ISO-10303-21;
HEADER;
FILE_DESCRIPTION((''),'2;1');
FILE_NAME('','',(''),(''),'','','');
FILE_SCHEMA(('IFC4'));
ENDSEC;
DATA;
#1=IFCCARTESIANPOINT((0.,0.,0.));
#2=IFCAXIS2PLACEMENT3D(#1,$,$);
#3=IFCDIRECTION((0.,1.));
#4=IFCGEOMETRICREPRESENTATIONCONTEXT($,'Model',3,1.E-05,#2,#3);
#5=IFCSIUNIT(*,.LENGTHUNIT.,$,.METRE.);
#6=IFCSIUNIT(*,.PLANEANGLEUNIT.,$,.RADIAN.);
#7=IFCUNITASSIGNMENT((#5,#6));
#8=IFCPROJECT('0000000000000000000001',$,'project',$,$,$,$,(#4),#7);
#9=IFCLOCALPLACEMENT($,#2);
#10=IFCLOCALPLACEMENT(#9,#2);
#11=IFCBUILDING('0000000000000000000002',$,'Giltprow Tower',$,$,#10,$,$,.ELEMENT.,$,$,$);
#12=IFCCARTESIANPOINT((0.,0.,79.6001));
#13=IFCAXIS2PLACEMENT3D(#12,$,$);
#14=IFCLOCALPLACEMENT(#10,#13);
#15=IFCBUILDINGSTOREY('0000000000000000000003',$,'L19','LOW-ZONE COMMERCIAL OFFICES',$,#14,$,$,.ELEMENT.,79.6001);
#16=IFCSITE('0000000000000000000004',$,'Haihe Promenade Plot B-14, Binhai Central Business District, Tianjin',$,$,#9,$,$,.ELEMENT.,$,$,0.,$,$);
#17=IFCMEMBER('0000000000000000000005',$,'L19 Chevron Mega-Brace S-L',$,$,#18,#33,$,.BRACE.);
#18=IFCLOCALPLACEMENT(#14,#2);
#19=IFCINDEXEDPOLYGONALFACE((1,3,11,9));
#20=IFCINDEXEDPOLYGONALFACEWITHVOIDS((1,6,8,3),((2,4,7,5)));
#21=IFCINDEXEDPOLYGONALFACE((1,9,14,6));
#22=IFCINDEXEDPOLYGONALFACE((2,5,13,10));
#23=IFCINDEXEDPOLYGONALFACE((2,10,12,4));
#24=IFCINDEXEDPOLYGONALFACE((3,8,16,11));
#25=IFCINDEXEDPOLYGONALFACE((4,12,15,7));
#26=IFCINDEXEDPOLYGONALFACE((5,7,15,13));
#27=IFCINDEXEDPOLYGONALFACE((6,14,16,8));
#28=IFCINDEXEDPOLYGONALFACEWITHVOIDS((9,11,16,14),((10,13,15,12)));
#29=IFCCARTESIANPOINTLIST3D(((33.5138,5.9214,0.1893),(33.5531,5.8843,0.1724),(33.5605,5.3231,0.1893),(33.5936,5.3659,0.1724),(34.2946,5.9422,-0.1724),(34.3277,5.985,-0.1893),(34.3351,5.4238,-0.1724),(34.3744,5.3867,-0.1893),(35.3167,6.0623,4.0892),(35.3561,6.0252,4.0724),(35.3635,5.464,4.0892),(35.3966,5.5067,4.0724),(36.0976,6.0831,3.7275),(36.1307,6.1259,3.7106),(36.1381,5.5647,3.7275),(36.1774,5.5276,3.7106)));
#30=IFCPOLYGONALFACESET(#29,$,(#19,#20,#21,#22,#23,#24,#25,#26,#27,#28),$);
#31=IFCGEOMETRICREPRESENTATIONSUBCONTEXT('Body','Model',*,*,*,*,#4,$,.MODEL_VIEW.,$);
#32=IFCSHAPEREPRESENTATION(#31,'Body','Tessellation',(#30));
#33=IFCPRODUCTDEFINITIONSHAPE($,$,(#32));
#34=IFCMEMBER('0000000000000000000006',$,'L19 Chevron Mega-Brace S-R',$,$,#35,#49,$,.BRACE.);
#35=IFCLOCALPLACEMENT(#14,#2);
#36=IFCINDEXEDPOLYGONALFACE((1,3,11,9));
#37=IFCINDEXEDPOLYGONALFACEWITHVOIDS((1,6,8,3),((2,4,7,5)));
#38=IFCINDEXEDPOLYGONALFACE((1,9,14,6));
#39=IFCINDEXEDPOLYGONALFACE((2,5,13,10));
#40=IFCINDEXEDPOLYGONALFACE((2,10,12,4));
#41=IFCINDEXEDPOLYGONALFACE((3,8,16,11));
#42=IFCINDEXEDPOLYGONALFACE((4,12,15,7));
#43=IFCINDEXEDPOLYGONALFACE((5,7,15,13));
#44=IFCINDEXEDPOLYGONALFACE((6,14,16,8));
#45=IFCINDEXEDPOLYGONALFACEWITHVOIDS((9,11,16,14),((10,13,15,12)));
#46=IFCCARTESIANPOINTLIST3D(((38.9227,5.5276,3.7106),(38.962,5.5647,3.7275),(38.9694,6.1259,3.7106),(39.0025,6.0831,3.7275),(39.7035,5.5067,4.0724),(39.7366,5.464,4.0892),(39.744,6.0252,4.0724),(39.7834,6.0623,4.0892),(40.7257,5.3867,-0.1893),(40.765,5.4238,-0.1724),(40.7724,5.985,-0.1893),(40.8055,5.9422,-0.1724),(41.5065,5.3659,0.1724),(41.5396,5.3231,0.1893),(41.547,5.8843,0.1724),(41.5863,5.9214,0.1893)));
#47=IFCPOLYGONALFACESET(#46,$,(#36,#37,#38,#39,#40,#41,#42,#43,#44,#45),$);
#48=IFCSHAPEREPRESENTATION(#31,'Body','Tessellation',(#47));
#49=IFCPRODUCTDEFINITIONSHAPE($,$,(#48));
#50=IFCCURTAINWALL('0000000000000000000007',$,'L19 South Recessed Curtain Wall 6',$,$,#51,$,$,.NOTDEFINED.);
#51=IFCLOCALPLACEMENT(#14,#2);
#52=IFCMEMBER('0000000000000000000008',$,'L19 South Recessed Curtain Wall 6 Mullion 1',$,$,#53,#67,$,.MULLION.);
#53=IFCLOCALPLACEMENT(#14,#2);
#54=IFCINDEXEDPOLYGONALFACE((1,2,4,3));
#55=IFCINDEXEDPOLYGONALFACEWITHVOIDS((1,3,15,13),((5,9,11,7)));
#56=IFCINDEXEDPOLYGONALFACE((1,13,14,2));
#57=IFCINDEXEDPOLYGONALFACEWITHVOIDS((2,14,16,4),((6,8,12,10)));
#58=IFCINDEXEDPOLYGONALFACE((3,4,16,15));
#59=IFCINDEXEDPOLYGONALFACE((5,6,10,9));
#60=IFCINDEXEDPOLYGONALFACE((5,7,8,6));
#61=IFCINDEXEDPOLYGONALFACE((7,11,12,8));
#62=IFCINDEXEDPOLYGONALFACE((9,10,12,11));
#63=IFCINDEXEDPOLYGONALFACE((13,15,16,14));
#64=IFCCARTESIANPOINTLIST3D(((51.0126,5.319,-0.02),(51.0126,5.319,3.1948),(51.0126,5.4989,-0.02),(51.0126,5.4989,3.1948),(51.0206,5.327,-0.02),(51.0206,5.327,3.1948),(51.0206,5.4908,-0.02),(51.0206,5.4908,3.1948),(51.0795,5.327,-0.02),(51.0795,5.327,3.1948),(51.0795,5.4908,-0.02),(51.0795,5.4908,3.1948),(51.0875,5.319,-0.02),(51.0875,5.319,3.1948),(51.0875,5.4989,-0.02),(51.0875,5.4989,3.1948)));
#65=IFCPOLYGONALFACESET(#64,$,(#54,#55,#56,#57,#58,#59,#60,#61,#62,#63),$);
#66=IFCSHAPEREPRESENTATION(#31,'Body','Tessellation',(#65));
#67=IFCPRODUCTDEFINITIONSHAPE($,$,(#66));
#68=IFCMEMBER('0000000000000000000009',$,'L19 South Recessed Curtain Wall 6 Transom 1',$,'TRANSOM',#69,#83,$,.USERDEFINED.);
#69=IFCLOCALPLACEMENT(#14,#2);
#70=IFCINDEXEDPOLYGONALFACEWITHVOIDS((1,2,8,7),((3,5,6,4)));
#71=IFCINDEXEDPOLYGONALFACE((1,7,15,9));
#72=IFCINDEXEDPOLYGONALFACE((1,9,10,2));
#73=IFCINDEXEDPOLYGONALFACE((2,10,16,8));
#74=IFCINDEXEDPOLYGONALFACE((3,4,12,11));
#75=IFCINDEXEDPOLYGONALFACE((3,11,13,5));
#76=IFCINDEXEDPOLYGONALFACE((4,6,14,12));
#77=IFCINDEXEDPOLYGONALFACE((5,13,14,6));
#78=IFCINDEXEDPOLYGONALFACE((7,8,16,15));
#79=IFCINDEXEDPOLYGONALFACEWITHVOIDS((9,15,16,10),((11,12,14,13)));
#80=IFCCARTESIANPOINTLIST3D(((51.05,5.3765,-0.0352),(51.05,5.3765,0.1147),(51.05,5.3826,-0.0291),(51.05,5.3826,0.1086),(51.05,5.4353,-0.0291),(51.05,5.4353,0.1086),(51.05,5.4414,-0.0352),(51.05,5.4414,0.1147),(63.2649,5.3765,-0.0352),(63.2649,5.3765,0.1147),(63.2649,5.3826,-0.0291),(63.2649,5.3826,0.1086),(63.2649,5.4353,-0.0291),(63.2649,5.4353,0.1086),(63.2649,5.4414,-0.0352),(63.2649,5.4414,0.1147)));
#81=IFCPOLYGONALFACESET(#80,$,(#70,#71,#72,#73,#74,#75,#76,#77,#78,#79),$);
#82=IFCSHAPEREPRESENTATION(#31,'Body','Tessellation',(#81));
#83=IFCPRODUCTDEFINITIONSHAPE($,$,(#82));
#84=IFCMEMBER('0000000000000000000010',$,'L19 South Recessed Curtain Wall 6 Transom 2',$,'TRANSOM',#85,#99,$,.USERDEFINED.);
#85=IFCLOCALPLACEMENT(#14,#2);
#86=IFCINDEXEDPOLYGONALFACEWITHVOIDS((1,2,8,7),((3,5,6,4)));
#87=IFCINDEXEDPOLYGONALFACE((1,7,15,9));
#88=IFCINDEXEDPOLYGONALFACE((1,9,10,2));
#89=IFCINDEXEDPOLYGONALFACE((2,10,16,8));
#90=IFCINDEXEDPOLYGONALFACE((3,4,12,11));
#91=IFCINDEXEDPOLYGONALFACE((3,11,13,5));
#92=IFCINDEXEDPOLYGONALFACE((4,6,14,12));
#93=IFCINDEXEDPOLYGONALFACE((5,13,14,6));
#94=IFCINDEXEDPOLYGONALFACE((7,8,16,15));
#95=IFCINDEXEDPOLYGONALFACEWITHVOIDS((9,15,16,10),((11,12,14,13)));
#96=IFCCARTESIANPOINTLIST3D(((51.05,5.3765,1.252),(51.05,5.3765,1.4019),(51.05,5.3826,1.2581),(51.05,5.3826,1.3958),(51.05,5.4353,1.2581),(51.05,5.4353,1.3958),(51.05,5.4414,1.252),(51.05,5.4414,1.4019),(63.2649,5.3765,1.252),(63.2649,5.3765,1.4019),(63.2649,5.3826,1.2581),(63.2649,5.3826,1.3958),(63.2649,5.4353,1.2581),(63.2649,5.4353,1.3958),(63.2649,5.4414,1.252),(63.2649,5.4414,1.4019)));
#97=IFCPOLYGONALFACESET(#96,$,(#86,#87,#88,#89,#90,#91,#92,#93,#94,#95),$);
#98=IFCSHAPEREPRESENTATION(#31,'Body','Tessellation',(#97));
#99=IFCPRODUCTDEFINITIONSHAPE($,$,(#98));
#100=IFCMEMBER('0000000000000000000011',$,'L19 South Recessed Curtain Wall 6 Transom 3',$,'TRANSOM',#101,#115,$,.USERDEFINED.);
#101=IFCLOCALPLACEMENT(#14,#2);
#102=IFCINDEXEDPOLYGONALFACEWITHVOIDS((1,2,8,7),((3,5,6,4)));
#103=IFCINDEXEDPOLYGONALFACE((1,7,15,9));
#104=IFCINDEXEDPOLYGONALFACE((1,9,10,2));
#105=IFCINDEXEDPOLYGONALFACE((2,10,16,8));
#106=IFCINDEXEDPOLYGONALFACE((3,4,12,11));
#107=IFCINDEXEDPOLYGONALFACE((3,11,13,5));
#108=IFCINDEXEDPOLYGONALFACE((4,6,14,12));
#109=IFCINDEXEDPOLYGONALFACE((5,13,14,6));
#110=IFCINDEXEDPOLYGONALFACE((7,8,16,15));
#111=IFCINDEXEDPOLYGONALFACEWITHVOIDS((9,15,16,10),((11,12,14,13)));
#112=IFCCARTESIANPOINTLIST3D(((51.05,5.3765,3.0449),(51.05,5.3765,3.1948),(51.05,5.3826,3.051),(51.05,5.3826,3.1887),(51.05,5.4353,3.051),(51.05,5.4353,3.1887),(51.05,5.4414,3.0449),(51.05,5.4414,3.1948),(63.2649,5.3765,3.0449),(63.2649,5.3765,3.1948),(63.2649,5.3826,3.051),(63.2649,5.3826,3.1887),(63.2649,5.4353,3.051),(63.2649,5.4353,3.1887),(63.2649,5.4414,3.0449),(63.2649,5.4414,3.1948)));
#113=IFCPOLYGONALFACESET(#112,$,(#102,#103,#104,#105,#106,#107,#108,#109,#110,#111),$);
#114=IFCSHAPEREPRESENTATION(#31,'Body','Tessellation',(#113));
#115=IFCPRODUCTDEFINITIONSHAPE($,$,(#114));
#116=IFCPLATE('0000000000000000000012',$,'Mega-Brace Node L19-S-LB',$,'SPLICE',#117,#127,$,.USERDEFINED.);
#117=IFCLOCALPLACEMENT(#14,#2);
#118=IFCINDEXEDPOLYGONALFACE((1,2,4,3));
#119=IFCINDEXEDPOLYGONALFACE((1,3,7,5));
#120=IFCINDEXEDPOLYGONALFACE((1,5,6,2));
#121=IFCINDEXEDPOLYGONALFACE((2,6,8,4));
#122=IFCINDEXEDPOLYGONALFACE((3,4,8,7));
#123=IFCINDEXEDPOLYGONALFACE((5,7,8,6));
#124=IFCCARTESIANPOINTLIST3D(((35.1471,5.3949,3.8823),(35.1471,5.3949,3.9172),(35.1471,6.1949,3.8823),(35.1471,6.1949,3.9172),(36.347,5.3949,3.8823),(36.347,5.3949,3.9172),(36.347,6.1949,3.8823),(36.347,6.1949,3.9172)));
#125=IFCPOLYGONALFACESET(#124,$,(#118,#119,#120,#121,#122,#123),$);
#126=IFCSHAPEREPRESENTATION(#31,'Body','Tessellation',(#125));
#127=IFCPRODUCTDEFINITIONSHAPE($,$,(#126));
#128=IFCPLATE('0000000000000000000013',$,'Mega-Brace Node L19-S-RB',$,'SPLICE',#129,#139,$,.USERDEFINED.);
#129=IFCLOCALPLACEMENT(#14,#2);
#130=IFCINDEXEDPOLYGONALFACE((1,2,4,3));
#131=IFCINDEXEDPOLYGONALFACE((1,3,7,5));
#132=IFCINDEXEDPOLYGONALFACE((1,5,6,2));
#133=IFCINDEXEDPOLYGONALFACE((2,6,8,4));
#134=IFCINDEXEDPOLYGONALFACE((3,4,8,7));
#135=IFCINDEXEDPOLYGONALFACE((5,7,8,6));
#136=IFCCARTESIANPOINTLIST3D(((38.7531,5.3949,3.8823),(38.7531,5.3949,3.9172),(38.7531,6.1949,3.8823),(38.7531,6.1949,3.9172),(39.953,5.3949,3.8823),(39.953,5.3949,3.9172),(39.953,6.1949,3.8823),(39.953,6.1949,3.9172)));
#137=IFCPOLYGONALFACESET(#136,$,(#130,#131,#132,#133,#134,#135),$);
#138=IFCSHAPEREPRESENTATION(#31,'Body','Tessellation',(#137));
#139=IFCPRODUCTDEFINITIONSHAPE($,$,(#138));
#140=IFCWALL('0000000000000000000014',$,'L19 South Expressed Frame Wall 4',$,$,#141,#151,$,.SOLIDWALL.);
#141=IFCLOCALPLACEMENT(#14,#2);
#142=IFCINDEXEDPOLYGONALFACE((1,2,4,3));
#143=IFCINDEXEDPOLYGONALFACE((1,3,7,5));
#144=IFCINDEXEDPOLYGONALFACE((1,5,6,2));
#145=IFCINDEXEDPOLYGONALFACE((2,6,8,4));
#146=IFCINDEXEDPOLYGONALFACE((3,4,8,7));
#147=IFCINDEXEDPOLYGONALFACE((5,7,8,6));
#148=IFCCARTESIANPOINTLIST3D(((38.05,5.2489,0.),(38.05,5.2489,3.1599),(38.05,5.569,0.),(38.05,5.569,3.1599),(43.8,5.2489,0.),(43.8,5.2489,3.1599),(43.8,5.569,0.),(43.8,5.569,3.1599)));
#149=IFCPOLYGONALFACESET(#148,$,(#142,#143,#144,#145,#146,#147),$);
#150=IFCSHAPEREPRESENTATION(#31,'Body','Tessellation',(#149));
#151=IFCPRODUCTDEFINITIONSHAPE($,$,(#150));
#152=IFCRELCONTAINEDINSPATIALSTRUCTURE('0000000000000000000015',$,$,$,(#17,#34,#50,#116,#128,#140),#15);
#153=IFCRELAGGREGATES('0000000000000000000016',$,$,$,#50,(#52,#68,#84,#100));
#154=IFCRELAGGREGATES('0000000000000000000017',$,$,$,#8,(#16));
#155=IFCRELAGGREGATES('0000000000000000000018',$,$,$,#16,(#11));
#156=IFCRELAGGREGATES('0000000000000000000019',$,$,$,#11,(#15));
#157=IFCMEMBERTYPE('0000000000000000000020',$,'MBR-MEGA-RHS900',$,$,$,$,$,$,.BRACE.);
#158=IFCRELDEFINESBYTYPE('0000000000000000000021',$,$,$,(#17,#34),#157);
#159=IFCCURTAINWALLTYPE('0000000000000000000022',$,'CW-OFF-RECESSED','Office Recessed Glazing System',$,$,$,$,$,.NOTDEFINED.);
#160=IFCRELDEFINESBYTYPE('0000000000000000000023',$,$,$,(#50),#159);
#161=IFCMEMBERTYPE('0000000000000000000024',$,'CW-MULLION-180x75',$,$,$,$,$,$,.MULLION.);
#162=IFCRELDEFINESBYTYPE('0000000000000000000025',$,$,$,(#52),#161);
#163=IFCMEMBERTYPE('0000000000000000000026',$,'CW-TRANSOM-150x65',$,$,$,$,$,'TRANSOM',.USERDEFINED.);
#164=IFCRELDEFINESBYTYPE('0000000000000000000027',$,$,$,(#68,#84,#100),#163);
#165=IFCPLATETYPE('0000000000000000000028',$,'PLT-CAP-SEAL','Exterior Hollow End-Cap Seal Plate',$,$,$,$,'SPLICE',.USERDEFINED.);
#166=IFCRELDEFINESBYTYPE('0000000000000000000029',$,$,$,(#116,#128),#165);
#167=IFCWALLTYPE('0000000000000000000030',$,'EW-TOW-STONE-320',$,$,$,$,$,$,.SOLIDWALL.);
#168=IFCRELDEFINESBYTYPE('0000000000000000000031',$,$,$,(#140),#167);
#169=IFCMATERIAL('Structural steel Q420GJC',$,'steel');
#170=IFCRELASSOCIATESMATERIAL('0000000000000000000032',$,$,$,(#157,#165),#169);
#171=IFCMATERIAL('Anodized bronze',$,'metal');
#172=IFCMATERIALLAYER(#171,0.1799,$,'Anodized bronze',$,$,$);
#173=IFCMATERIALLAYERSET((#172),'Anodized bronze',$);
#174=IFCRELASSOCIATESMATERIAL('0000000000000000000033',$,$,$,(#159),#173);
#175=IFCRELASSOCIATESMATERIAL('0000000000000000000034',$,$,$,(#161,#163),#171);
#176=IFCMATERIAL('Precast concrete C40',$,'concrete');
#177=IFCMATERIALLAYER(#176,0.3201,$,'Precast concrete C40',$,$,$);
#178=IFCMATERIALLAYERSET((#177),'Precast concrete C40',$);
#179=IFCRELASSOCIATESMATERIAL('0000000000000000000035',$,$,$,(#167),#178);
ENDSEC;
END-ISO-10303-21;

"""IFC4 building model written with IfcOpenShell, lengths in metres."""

from ifc_helpers import new_model, si_unit, direction, frame, frame_2d, origin, origin_2d, place, context, subcontext, project, spatial, rectangle, hollow_rectangle, extrude, source, transform, mapped, material, layer, layer_set, material_profile, profile_set, type_object, element, aggregate, save


model = new_model("IFC4")

# Units and contexts
model_context = context("Model", 3, precision=1e-05, world=origin(), true_north=direction((0.0, 1.0)))
body_context = subcontext(model_context, "Body", "Model", "MODEL_VIEW")
ifc_project = project(units=[si_unit("LENGTHUNIT", "METRE"), si_unit("PLANEANGLEUNIT", "RADIAN")], contexts=[model_context])

# Site, building, storey
site_placement = place(None, origin())
site = spatial("IfcSite", under=ifc_project, at=site_placement, Name="Haihe Promenade Plot B-14, Binhai Central Business District, Tianjin", CompositionType="ELEMENT", RefElevation=0.0)
building_placement = place(site_placement, origin())
building = spatial("IfcBuilding", under=site, at=building_placement, Name="Giltprow Tower", CompositionType="ELEMENT")
storey_placement = place(building_placement, frame((0.0, 0.0, 79.6001)))
storey = spatial("IfcBuildingStorey", under=building, at=storey_placement, Name="L19", Description="LOW-ZONE COMMERCIAL OFFICES", CompositionType="ELEMENT", Elevation=79.6001)

# Shared definitions
ifc_material_1 = material(Name="Structural steel Q420GJC", Category="steel")

# Members
ifc_material_profile_1 = material_profile(ifc_material_1, hollow_rectangle(XDim=0.6001, YDim=0.8999, WallThickness=0.04, at=origin_2d()), Name="RHS 900x600x40")
ifc_profile_set_1 = profile_set([ifc_material_profile_1], Name="Structural steel Q420GJC")
member_type_1 = type_object("IfcMemberType", Name="MBR-MEGA-RHS900", PredefinedType="BRACE", material=ifc_profile_set_1)
shared_shape_1 = source(origin(), body_context, "Body", "SweptSolid", [
    extrude(hollow_rectangle(XDim=0.6001, YDim=0.8999, WallThickness=0.04, at=origin_2d()), origin(), (0.0, 0.0, 1.0), 4.2988),
])
for number, where, z_axis, x_axis, name in (
    (1, (33.9441, 5.6541, 0.0), (0.419413, 0.032769, 0.907204), (-0.077894, 0.996962, 0.0), "L19 Chevron Mega-Brace S-L"),
    (2, (41.156, 5.6541, 0.0), (-0.419413, 0.032769, 0.907204), (-0.077894, -0.996962, 0.0), "L19 Chevron Mega-Brace S-R"),
):
    element("IfcMember", number, at=place(storey_placement, frame(where, z_axis=z_axis, x_axis=x_axis)), inside=storey, type_object=member_type_1, Name=name, PredefinedType="BRACE", context=body_context, shape_type="MappedRepresentation", body=[
        mapped(shared_shape_1, transform((0.0, 0.0, 0.0), x_axis=(1.0, 0.0, 0.0), y_axis=(0.0, 1.0, 0.0), z_axis=(0.0, 0.0, 1.0), scale=1.0)),
    ])

# Curtain wall, members
ifc_material_2 = material(Name="Anodized bronze", Category="metal")
ifc_layer_1 = layer(ifc_material_2, 0.1799, Name="Anodized bronze")
ifc_layer_set_1 = layer_set([ifc_layer_1], Name="Anodized bronze")
curtain_wall_type = type_object("IfcCurtainWallType", Name="CW-OFF-RECESSED", Description="Office Recessed Glazing System", PredefinedType="NOTDEFINED", material=ifc_layer_set_1)
curtain_wall_placement = place(storey_placement, origin())
curtain_wall = element("IfcCurtainWall", 3, at=curtain_wall_placement, inside=storey, type_object=curtain_wall_type, Name="L19 South Recessed Curtain Wall 6", PredefinedType="NOTDEFINED")
ifc_material_profile_2 = material_profile(ifc_material_2, hollow_rectangle(XDim=0.075, YDim=0.1799, WallThickness=0.0081, at=origin_2d()), Name="RHS 180x75x8")
ifc_profile_set_2 = profile_set([ifc_material_profile_2], Name="Anodized bronze")
member_type_2 = type_object("IfcMemberType", Name="CW-MULLION-180x75", PredefinedType="MULLION", material=ifc_profile_set_2)
shared_shape_2 = source(origin(), body_context, "Body", "SweptSolid", [
    extrude(hollow_rectangle(XDim=0.075, YDim=0.1799, WallThickness=0.0081, at=origin_2d()), origin(), (0.0, 0.0, 1.0), 3.2148),
])
member_1_placement = place(storey_placement, frame((51.05, 5.4089, -0.02), z_axis=(0.0, 0.0, 1.0), x_axis=(1.0, 0.0, 0.0)))
member_1 = element("IfcMember", 4, at=member_1_placement, type_object=member_type_2, Name="L19 South Recessed Curtain Wall 6 Mullion 1", PredefinedType="MULLION", context=body_context, shape_type="MappedRepresentation", body=[
    mapped(shared_shape_2, transform((0.0, 0.0, 0.0), x_axis=(1.0, 0.0, 0.0), y_axis=(0.0, 1.0, 0.0), z_axis=(0.0, 0.0, 1.0), scale=1.0)),
])
ifc_material_profile_3 = material_profile(ifc_material_2, hollow_rectangle(XDim=0.0649, YDim=0.1499, WallThickness=0.0061, at=origin_2d()), Name="RHS 150x65x6")
ifc_profile_set_3 = profile_set([ifc_material_profile_3], Name="Anodized bronze")
member_type_3 = type_object("IfcMemberType", Name="CW-TRANSOM-150x65", ElementType="TRANSOM", PredefinedType="USERDEFINED", material=ifc_profile_set_3)
shared_shape_3 = source(origin(), body_context, "Body", "SweptSolid", [
    extrude(hollow_rectangle(XDim=0.0649, YDim=0.1499, WallThickness=0.0061, at=origin_2d()), origin(), (0.0, 0.0, 1.0), 12.2148),
])
member_2_placement = place(storey_placement, frame((51.05, 5.4089, 0.0398), z_axis=(1.0, 0.0, 0.0), x_axis=(0.0, 1.0, 0.0)))
member_2 = element("IfcMember", 5, at=member_2_placement, type_object=member_type_3, Name="L19 South Recessed Curtain Wall 6 Transom 1", ObjectType="TRANSOM", PredefinedType="USERDEFINED", context=body_context, shape_type="MappedRepresentation", body=[
    mapped(shared_shape_3, transform((0.0, 0.0, 0.0), x_axis=(1.0, 0.0, 0.0), y_axis=(0.0, 1.0, 0.0), z_axis=(0.0, 0.0, 1.0), scale=1.0)),
])
member_3_placement = place(storey_placement, frame((51.05, 5.4089, 1.3269), z_axis=(1.0, 0.0, 0.0), x_axis=(0.0, 1.0, 0.0)))
member_3 = element("IfcMember", 6, at=member_3_placement, type_object=member_type_3, Name="L19 South Recessed Curtain Wall 6 Transom 2", ObjectType="TRANSOM", PredefinedType="USERDEFINED", context=body_context, shape_type="MappedRepresentation", body=[
    mapped(shared_shape_3, transform((0.0, 0.0, 0.0), x_axis=(1.0, 0.0, 0.0), y_axis=(0.0, 1.0, 0.0), z_axis=(0.0, 0.0, 1.0), scale=1.0)),
])
member_4_placement = place(storey_placement, frame((51.05, 5.4089, 3.1199), z_axis=(1.0, 0.0, 0.0), x_axis=(0.0, 1.0, 0.0)))
member_4 = element("IfcMember", 7, at=member_4_placement, type_object=member_type_3, Name="L19 South Recessed Curtain Wall 6 Transom 3", ObjectType="TRANSOM", PredefinedType="USERDEFINED", context=body_context, shape_type="MappedRepresentation", body=[
    mapped(shared_shape_3, transform((0.0, 0.0, 0.0), x_axis=(1.0, 0.0, 0.0), y_axis=(0.0, 1.0, 0.0), z_axis=(0.0, 0.0, 1.0), scale=1.0)),
])
aggregate(curtain_wall, [member_1, member_2, member_3, member_4])

# Plates
plate_type = type_object("IfcPlateType", Name="PLT-CAP-SEAL", Description="Exterior Hollow End-Cap Seal Plate", ElementType="SPLICE", PredefinedType="USERDEFINED", material=ifc_material_1)
shared_shape_4 = source(origin(), body_context, "Body", "SweptSolid", [
    extrude(rectangle(XDim=1.2, YDim=0.8, at=origin_2d()), origin(), (0.0, 0.0, 1.0), 0.0349),
])
for number, where, z_axis, x_axis, name in (
    (8, (35.7471, 5.7949, 3.8823), (0.0, 0.0, 1.0), (1.0, 0.0, 0.0), "Mega-Brace Node L19-S-LB"),
    (9, (39.353, 5.7949, 3.8823), (0.0, 0.0, 1.0), (1.0, 0.0, 0.0), "Mega-Brace Node L19-S-RB"),
):
    element("IfcPlate", number, at=place(storey_placement, frame(where, z_axis=z_axis, x_axis=x_axis)), inside=storey, type_object=plate_type, Name=name, ObjectType="SPLICE", PredefinedType="USERDEFINED", context=body_context, shape_type="MappedRepresentation", body=[
        mapped(shared_shape_4, transform((0.0, 0.0, 0.0), x_axis=(1.0, 0.0, 0.0), y_axis=(0.0, 1.0, 0.0), z_axis=(0.0, 0.0, 1.0), scale=1.0)),
    ])

# Wall
ifc_material_3 = material(Name="Precast concrete C40", Category="concrete")
ifc_layer_2 = layer(ifc_material_3, 0.3201, Name="Precast concrete C40")
ifc_layer_set_2 = layer_set([ifc_layer_2], Name="Precast concrete C40")
wall_type_1 = type_object("IfcWallType", Name="EW-TOW-STONE-320", PredefinedType="SOLIDWALL", material=ifc_layer_set_2)
wall_1_placement = place(storey_placement, frame((38.05, 5.4089, 0.0), z_axis=(0.0, 0.0, 1.0), x_axis=(1.0, 0.0, 0.0)))
element("IfcWall", 10, at=wall_1_placement, inside=storey, type_object=wall_type_1, Name="L19 South Expressed Frame Wall 4", PredefinedType="SOLIDWALL", context=body_context, shape_type="SweptSolid", body=[
    extrude(rectangle(XDim=5.75, YDim=0.3201, at=frame_2d((2.875, 0.0))), origin(), (0.0, 0.0, 1.0), 3.1599),
])

save(model, "model.ifc")
